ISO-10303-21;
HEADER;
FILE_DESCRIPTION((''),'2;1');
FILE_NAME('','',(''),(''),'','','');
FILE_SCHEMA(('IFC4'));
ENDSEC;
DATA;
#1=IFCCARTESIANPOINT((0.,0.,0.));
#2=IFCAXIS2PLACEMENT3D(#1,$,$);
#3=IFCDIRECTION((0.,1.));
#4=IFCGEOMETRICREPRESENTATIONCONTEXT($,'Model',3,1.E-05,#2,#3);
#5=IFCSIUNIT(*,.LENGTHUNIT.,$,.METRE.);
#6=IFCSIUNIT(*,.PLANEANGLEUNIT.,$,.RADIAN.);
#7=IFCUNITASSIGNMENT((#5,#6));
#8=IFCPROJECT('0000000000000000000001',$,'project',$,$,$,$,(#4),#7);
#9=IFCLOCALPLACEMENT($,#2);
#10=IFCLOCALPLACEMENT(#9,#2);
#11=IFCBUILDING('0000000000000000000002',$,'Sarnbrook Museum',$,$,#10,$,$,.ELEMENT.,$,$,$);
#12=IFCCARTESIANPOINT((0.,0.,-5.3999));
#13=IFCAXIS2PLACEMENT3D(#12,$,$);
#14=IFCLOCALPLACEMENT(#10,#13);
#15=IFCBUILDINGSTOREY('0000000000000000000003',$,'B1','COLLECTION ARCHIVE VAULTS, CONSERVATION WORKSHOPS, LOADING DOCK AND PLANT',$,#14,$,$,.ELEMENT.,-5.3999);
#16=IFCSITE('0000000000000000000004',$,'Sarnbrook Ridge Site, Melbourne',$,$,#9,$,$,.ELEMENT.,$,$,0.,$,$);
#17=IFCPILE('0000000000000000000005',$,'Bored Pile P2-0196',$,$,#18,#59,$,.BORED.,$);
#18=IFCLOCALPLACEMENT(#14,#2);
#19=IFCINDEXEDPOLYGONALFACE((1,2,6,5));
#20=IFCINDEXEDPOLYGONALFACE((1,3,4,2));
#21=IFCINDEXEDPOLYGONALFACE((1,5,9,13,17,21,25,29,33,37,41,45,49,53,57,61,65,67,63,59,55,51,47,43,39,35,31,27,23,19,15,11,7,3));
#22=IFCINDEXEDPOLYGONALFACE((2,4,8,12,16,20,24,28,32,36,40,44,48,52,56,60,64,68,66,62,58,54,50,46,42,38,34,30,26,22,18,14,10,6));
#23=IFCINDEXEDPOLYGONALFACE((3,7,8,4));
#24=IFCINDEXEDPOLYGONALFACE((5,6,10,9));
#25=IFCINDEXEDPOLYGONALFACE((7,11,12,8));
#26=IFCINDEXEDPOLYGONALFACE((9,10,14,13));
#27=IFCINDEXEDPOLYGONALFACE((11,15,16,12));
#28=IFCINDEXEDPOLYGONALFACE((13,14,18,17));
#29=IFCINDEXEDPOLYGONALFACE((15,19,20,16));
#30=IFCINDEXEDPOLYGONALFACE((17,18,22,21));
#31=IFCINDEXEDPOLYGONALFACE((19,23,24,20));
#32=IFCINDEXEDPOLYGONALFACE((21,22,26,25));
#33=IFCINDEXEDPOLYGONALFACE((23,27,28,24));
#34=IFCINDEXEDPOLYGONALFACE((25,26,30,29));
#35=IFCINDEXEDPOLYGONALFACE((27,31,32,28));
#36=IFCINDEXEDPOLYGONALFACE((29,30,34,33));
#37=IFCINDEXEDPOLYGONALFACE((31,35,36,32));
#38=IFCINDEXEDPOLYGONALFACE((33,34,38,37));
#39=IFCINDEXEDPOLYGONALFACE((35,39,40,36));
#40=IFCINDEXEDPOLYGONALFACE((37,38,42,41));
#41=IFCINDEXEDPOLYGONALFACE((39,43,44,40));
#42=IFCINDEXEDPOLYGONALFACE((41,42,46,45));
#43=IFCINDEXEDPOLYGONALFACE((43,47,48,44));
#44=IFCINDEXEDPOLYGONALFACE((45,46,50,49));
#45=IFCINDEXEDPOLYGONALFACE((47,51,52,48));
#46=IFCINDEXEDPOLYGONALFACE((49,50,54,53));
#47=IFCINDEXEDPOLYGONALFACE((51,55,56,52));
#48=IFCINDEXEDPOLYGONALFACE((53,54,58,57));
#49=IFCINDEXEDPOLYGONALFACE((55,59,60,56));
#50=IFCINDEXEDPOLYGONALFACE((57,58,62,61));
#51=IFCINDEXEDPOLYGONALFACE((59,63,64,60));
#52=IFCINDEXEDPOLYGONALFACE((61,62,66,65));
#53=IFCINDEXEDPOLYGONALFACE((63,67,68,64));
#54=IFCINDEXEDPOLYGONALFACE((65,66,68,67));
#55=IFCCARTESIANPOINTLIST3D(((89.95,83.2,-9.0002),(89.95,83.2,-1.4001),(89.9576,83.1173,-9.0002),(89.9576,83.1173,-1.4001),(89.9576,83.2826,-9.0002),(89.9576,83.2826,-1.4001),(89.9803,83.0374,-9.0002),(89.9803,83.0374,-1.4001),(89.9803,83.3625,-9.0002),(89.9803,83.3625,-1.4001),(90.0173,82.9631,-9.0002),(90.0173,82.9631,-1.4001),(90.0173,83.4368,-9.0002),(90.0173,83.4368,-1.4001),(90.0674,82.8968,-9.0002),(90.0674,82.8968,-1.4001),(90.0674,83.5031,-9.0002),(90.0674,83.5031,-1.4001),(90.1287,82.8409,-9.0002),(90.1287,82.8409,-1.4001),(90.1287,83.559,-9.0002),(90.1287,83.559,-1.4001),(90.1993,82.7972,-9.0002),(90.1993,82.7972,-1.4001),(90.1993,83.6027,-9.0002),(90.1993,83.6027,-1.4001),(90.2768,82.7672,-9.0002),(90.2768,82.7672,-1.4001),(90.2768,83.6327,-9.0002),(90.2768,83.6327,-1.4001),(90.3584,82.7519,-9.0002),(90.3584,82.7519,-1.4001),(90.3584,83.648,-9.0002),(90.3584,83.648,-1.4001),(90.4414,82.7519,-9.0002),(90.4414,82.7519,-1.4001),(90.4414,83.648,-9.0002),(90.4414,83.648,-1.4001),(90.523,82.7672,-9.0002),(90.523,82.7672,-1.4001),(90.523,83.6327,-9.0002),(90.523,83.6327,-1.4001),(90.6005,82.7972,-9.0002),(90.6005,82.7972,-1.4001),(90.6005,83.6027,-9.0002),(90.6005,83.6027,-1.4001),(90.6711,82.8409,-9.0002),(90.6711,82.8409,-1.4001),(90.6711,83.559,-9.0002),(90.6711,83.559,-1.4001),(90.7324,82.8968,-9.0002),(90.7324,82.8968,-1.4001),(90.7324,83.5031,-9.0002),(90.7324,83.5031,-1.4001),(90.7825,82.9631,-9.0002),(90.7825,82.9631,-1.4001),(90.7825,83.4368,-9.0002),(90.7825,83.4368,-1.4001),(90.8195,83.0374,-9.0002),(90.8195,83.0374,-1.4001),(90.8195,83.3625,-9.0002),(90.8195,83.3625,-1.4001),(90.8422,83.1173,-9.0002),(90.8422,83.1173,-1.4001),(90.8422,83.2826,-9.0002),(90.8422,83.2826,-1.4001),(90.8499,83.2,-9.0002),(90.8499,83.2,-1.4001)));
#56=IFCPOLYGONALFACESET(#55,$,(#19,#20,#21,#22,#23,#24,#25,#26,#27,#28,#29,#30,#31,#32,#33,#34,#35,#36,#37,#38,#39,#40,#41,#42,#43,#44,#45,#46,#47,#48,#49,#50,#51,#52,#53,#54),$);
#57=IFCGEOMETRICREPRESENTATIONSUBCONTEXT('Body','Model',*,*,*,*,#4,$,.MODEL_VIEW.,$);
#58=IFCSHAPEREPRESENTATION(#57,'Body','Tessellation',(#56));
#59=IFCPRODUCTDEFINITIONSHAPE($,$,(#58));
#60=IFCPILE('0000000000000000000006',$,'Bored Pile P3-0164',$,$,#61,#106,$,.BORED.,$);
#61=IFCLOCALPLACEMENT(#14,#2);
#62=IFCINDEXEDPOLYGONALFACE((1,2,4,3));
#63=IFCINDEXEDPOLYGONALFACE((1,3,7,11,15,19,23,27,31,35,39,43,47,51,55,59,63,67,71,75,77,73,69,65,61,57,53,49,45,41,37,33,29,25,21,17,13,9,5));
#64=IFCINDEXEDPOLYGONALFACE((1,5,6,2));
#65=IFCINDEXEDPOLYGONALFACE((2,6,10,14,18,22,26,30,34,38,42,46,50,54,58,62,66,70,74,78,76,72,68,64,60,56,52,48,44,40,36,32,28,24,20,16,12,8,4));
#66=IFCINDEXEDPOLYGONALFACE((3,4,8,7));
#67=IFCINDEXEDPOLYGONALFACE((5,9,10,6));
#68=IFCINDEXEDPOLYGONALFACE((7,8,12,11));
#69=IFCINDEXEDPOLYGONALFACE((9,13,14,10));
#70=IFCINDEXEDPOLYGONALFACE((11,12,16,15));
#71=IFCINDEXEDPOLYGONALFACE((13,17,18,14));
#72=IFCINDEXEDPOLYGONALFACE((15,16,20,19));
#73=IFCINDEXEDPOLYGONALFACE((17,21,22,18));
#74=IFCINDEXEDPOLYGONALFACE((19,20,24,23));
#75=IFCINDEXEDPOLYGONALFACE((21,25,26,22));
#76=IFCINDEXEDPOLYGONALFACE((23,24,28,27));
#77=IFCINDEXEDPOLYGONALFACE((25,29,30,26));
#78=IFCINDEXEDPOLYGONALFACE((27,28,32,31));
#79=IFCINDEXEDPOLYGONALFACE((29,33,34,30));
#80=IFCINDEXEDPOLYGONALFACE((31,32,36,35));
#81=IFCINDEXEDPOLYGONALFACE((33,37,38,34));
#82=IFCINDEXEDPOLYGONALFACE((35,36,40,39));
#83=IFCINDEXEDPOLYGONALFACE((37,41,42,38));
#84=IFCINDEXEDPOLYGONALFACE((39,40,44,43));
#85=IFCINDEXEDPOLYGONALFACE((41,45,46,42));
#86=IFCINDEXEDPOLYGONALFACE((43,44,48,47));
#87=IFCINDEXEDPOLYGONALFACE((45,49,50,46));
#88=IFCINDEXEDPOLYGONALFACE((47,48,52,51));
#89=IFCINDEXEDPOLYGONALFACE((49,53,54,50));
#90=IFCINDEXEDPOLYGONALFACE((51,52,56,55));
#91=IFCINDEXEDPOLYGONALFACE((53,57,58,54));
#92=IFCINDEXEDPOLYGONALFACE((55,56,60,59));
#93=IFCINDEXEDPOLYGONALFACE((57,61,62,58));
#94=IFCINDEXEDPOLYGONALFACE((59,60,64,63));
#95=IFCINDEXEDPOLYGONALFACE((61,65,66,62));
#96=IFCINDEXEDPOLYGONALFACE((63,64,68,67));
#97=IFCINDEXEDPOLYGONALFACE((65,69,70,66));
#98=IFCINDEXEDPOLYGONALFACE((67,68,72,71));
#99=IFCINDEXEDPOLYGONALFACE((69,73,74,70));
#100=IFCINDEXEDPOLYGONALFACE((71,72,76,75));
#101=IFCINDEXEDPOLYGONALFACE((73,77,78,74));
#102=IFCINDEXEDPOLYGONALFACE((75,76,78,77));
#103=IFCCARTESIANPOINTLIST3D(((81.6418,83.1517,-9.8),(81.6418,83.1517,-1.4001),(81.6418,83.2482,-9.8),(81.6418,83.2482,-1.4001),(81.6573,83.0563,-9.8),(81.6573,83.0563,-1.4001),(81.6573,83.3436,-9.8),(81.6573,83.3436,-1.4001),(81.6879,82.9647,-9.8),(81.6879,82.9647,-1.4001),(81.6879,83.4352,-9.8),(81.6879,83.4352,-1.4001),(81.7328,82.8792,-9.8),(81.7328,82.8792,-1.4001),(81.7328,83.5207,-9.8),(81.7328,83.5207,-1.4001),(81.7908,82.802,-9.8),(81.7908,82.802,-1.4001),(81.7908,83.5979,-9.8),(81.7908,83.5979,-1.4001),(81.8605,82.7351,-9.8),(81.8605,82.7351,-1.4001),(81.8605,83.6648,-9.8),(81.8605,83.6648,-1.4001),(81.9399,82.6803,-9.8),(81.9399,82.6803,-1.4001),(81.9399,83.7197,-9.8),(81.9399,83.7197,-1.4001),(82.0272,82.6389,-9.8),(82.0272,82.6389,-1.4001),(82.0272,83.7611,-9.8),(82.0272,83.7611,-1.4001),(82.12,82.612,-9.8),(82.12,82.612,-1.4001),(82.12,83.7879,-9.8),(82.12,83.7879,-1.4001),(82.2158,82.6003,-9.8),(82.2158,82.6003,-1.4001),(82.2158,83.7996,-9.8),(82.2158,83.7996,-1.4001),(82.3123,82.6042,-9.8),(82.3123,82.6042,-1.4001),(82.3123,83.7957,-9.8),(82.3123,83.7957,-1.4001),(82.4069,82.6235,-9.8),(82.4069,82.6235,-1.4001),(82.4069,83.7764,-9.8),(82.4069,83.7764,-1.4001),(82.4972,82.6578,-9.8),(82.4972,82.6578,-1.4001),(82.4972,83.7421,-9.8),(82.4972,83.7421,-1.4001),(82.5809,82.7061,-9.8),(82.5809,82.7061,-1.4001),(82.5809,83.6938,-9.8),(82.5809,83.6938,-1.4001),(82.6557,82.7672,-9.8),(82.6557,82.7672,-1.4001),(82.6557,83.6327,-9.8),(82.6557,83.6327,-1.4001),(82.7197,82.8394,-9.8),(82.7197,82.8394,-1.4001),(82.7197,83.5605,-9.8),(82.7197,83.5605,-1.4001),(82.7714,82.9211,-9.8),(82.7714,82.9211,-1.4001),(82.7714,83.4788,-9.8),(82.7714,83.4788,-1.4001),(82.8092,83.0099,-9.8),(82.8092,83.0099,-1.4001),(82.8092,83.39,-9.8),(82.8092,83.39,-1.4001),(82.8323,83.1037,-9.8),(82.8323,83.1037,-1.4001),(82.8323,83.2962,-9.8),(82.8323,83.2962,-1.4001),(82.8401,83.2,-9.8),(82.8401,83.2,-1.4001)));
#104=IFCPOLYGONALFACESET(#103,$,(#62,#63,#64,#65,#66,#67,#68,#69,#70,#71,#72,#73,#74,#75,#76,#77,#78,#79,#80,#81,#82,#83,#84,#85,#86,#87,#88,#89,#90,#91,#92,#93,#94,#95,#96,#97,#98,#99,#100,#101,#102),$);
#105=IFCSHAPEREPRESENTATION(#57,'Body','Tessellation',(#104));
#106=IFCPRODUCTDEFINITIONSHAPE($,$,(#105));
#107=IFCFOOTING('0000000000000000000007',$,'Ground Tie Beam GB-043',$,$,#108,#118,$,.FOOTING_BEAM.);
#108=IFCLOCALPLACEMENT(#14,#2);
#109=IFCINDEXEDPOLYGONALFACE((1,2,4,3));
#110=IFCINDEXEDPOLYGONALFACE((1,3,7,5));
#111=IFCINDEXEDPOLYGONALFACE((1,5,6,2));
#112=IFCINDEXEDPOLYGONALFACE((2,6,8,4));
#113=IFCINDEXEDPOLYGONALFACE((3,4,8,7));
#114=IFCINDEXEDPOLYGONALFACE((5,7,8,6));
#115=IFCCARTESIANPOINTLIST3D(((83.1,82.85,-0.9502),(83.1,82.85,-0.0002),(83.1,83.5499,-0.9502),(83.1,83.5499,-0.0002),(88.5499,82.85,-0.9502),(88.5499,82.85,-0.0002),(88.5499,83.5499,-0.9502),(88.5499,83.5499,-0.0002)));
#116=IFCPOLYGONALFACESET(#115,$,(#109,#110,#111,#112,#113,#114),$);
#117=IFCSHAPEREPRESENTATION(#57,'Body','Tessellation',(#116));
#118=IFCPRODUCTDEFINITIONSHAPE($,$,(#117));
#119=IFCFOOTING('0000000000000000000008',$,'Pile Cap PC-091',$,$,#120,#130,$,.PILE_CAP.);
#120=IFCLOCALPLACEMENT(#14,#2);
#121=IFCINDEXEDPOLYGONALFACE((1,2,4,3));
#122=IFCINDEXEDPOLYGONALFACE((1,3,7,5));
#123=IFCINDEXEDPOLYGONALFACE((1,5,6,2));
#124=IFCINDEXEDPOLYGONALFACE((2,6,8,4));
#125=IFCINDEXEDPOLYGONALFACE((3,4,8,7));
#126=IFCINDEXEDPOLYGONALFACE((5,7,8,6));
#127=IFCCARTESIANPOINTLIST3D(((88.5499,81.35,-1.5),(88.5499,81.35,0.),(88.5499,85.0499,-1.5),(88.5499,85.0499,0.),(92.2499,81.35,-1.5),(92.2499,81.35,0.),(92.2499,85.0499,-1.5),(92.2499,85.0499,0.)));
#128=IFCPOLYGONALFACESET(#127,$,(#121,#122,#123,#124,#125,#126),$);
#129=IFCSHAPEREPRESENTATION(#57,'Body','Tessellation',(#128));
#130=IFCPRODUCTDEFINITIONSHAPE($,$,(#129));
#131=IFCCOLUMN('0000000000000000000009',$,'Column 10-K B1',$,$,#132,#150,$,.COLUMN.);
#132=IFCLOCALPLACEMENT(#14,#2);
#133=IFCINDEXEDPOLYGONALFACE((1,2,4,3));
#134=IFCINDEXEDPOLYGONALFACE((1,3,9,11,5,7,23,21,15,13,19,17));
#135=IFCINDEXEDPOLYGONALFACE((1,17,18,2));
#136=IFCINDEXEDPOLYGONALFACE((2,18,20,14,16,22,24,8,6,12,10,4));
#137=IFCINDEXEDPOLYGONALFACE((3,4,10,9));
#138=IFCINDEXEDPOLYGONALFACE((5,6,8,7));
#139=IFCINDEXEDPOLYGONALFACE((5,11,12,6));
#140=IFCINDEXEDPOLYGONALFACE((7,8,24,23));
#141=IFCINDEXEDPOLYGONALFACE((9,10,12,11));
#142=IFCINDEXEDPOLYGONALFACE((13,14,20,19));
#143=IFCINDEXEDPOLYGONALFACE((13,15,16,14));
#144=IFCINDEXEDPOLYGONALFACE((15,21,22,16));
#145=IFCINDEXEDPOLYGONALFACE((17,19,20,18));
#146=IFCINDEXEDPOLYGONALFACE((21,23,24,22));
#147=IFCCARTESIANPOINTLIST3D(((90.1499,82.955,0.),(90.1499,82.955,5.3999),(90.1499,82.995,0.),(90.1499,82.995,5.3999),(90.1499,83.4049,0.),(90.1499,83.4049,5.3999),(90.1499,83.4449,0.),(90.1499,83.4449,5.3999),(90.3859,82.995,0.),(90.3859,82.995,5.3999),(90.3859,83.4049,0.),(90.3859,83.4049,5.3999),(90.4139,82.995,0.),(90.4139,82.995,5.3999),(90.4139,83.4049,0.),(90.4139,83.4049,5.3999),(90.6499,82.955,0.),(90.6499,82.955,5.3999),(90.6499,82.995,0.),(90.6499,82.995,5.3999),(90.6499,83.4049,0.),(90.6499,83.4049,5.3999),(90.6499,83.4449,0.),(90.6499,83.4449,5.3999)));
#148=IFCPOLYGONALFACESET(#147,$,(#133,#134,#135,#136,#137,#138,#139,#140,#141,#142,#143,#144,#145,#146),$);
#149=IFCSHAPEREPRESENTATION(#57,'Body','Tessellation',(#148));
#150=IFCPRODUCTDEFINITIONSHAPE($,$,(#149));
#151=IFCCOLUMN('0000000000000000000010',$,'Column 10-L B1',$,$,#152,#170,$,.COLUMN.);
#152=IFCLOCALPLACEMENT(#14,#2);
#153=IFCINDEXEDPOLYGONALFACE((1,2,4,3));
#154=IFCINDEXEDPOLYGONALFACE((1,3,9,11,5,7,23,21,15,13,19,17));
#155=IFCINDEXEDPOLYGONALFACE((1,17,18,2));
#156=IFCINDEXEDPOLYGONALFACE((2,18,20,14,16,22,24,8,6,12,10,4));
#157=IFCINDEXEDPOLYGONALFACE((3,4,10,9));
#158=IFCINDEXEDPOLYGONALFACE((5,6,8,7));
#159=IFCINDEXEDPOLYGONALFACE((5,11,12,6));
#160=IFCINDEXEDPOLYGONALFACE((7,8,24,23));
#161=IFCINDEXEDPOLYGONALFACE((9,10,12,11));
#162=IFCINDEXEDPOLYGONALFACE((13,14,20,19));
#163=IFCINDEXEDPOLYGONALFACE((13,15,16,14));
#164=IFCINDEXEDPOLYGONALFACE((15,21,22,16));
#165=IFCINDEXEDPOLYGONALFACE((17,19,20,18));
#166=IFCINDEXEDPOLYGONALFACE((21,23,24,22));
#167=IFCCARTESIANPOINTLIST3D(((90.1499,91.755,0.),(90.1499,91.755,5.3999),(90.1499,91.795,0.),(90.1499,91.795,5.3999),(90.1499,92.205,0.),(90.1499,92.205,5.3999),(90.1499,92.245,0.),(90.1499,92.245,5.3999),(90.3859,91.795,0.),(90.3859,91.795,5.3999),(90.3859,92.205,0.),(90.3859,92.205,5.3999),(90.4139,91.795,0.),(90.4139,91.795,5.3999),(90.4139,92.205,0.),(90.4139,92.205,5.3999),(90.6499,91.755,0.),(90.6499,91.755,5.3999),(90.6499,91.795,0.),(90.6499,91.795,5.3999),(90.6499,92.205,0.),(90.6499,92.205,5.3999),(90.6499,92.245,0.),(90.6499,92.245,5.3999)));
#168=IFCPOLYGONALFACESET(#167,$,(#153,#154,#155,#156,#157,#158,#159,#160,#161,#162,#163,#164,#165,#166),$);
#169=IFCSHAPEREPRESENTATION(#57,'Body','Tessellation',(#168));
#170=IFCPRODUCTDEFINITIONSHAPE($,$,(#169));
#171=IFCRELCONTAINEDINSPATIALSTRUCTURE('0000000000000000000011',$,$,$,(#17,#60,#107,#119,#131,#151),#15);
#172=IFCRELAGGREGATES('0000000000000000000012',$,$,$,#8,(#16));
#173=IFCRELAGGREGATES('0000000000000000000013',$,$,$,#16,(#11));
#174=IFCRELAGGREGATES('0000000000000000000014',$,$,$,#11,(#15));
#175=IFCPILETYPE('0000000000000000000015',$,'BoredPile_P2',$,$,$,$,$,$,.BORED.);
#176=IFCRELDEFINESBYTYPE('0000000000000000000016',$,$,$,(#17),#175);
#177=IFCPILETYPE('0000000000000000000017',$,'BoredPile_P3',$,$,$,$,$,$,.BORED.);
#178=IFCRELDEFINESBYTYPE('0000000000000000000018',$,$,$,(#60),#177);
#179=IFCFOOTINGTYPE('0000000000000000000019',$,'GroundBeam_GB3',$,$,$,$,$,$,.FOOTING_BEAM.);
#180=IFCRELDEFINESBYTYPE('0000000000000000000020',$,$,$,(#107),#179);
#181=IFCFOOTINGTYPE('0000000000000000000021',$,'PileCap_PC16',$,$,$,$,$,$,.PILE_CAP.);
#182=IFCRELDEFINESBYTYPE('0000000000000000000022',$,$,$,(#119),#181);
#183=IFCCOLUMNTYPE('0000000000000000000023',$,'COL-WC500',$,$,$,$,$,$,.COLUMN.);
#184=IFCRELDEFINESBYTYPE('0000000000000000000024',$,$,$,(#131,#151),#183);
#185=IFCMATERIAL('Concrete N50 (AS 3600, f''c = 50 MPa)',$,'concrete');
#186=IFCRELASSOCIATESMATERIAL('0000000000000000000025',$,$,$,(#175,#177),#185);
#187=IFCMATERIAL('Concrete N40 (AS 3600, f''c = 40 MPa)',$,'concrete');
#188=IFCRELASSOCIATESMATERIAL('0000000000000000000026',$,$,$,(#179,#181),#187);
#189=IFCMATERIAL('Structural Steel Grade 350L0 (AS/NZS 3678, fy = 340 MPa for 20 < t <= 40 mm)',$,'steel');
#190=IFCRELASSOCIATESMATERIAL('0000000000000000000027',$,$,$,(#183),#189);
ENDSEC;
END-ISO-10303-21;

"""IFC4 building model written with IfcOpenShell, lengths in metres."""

from ifc_helpers import new_model, si_unit, direction, frame, origin, origin_2d, place, context, subcontext, project, spatial, rectangle, circle, i_section, extrude, material, material_profile, profile_set, type_object, element, save


model = new_model("IFC4")

# Units and contexts
model_context = context("Model", 3, precision=1e-05, world=origin(), true_north=direction((0.0, 1.0)))
body_context = subcontext(model_context, "Body", "Model", "MODEL_VIEW")
ifc_project = project(units=[si_unit("LENGTHUNIT", "METRE"), si_unit("PLANEANGLEUNIT", "RADIAN")], contexts=[model_context])

# Site, building, storey
site_placement = place(None, origin())
site = spatial("IfcSite", under=ifc_project, at=site_placement, Name="Sarnbrook Ridge Site, Melbourne", CompositionType="ELEMENT", RefElevation=0.0)
building_placement = place(site_placement, origin())
building = spatial("IfcBuilding", under=site, at=building_placement, Name="Sarnbrook Museum", CompositionType="ELEMENT")
storey_placement = place(building_placement, frame((0.0, 0.0, -5.3999)))
storey = spatial("IfcBuildingStorey", under=building, at=storey_placement, Name="B1", Description="COLLECTION ARCHIVE VAULTS, CONSERVATION WORKSHOPS, LOADING DOCK AND PLANT", CompositionType="ELEMENT", Elevation=-5.3999)

# Piles
ifc_material_1 = material(Name="Concrete N50 (AS 3600, f'c = 50 MPa)", Category="concrete")
ifc_material_profile_1 = material_profile(ifc_material_1, circle(Radius=0.45, at=origin_2d()), Name="BORED PILE D900")
ifc_profile_set_1 = profile_set([ifc_material_profile_1], Name="Concrete N50 (AS 3600, f'c = 50 MPa)")
pile_type_1 = type_object("IfcPileType", Name="BoredPile_P2", PredefinedType="BORED", material=ifc_profile_set_1)
pile_1_placement = place(storey_placement, frame((90.3999, 83.2, -1.4001), z_axis=(0.0, 0.0, -1.0), x_axis=(1.0, 0.0, 0.0)))
element("IfcPile", 1, at=pile_1_placement, inside=storey, type_object=pile_type_1, Name="Bored Pile P2-0196", PredefinedType="BORED", context=body_context, shape_type="SweptSolid", body=[
    extrude(circle(Radius=0.45, at=origin_2d()), origin(), (0.0, 0.0, 1.0), 7.6001),
])
ifc_material_profile_2 = material_profile(ifc_material_1, circle(Radius=0.6001, at=origin_2d()), Name="BORED PILE D1200")
ifc_profile_set_2 = profile_set([ifc_material_profile_2], Name="Concrete N50 (AS 3600, f'c = 50 MPa)")
pile_type_2 = type_object("IfcPileType", Name="BoredPile_P3", PredefinedType="BORED", material=ifc_profile_set_2)
pile_2_placement = place(storey_placement, frame((82.24, 83.2, -1.4001), z_axis=(0.0, 0.0, -1.0), x_axis=(1.0, 0.0, 0.0)))
element("IfcPile", 2, at=pile_2_placement, inside=storey, type_object=pile_type_2, Name="Bored Pile P3-0164", PredefinedType="BORED", context=body_context, shape_type="SweptSolid", body=[
    extrude(circle(Radius=0.6001, at=origin_2d()), origin(), (0.0, 0.0, 1.0), 8.3999),
])

# Footings
ifc_material_2 = material(Name="Concrete N40 (AS 3600, f'c = 40 MPa)", Category="concrete")
footing_type_1 = type_object("IfcFootingType", Name="GroundBeam_GB3", PredefinedType="FOOTING_BEAM", material=ifc_material_2)
footing_1_placement = place(storey_placement, frame((85.825, 83.2, -0.9502), z_axis=(0.0, 0.0, 1.0), x_axis=(1.0, 0.0, 0.0)))
element("IfcFooting", 3, at=footing_1_placement, inside=storey, type_object=footing_type_1, Name="Ground Tie Beam GB-043", PredefinedType="FOOTING_BEAM", context=body_context, shape_type="SweptSolid", body=[
    extrude(rectangle(XDim=5.45, YDim=0.7, at=origin_2d()), origin(), (0.0, 0.0, 1.0), 0.95),
])
footing_type_2 = type_object("IfcFootingType", Name="PileCap_PC16", PredefinedType="PILE_CAP", material=ifc_material_2)
footing_2_placement = place(storey_placement, frame((90.3999, 83.2, -1.5), z_axis=(0.0, 0.0, 1.0), x_axis=(1.0, 0.0, 0.0)))
element("IfcFooting", 4, at=footing_2_placement, inside=storey, type_object=footing_type_2, Name="Pile Cap PC-091", PredefinedType="PILE_CAP", context=body_context, shape_type="SweptSolid", body=[
    extrude(rectangle(XDim=3.7, YDim=3.7, at=origin_2d()), origin(), (0.0, 0.0, 1.0), 1.5),
])

# Columns
ifc_material_3 = material(Name="Structural Steel Grade 350L0 (AS/NZS 3678, fy = 340 MPa for 20 < t <= 40 mm)", Category="steel")
ifc_material_profile_3 = material_profile(ifc_material_3, i_section(OverallWidth=0.5, OverallDepth=0.49, WebThickness=0.0281, FlangeThickness=0.04, at=origin_2d()), Name="500WC340")
ifc_profile_set_3 = profile_set([ifc_material_profile_3], Name="Structural Steel Grade 350L0 (AS/NZS 3678, fy = 340 MPa for 20 < t <= 40 mm)")
column_type = type_object("IfcColumnType", Name="COL-WC500", PredefinedType="COLUMN", material=ifc_profile_set_3)
for number, where, z_axis, x_axis, name in (
    (5, (90.3999, 83.2, 0.0), (0.0, 0.0, 1.0), (1.0, 0.0, 0.0), "Column 10-K B1"),
    (6, (90.3999, 92.0, 0.0), (0.0, 0.0, 1.0), (1.0, 0.0, 0.0), "Column 10-L B1"),
):
    element("IfcColumn", number, at=place(storey_placement, frame(where, z_axis=z_axis, x_axis=x_axis)), inside=storey, type_object=column_type, Name=name, PredefinedType="COLUMN", context=body_context, shape_type="SweptSolid", body=[
        extrude(i_section(OverallWidth=0.5, OverallDepth=0.49, WebThickness=0.0281, FlangeThickness=0.04, at=origin_2d()), origin(), (0.0, 0.0, 1.0), 5.3999),
    ])

save(model, "model.ifc")
